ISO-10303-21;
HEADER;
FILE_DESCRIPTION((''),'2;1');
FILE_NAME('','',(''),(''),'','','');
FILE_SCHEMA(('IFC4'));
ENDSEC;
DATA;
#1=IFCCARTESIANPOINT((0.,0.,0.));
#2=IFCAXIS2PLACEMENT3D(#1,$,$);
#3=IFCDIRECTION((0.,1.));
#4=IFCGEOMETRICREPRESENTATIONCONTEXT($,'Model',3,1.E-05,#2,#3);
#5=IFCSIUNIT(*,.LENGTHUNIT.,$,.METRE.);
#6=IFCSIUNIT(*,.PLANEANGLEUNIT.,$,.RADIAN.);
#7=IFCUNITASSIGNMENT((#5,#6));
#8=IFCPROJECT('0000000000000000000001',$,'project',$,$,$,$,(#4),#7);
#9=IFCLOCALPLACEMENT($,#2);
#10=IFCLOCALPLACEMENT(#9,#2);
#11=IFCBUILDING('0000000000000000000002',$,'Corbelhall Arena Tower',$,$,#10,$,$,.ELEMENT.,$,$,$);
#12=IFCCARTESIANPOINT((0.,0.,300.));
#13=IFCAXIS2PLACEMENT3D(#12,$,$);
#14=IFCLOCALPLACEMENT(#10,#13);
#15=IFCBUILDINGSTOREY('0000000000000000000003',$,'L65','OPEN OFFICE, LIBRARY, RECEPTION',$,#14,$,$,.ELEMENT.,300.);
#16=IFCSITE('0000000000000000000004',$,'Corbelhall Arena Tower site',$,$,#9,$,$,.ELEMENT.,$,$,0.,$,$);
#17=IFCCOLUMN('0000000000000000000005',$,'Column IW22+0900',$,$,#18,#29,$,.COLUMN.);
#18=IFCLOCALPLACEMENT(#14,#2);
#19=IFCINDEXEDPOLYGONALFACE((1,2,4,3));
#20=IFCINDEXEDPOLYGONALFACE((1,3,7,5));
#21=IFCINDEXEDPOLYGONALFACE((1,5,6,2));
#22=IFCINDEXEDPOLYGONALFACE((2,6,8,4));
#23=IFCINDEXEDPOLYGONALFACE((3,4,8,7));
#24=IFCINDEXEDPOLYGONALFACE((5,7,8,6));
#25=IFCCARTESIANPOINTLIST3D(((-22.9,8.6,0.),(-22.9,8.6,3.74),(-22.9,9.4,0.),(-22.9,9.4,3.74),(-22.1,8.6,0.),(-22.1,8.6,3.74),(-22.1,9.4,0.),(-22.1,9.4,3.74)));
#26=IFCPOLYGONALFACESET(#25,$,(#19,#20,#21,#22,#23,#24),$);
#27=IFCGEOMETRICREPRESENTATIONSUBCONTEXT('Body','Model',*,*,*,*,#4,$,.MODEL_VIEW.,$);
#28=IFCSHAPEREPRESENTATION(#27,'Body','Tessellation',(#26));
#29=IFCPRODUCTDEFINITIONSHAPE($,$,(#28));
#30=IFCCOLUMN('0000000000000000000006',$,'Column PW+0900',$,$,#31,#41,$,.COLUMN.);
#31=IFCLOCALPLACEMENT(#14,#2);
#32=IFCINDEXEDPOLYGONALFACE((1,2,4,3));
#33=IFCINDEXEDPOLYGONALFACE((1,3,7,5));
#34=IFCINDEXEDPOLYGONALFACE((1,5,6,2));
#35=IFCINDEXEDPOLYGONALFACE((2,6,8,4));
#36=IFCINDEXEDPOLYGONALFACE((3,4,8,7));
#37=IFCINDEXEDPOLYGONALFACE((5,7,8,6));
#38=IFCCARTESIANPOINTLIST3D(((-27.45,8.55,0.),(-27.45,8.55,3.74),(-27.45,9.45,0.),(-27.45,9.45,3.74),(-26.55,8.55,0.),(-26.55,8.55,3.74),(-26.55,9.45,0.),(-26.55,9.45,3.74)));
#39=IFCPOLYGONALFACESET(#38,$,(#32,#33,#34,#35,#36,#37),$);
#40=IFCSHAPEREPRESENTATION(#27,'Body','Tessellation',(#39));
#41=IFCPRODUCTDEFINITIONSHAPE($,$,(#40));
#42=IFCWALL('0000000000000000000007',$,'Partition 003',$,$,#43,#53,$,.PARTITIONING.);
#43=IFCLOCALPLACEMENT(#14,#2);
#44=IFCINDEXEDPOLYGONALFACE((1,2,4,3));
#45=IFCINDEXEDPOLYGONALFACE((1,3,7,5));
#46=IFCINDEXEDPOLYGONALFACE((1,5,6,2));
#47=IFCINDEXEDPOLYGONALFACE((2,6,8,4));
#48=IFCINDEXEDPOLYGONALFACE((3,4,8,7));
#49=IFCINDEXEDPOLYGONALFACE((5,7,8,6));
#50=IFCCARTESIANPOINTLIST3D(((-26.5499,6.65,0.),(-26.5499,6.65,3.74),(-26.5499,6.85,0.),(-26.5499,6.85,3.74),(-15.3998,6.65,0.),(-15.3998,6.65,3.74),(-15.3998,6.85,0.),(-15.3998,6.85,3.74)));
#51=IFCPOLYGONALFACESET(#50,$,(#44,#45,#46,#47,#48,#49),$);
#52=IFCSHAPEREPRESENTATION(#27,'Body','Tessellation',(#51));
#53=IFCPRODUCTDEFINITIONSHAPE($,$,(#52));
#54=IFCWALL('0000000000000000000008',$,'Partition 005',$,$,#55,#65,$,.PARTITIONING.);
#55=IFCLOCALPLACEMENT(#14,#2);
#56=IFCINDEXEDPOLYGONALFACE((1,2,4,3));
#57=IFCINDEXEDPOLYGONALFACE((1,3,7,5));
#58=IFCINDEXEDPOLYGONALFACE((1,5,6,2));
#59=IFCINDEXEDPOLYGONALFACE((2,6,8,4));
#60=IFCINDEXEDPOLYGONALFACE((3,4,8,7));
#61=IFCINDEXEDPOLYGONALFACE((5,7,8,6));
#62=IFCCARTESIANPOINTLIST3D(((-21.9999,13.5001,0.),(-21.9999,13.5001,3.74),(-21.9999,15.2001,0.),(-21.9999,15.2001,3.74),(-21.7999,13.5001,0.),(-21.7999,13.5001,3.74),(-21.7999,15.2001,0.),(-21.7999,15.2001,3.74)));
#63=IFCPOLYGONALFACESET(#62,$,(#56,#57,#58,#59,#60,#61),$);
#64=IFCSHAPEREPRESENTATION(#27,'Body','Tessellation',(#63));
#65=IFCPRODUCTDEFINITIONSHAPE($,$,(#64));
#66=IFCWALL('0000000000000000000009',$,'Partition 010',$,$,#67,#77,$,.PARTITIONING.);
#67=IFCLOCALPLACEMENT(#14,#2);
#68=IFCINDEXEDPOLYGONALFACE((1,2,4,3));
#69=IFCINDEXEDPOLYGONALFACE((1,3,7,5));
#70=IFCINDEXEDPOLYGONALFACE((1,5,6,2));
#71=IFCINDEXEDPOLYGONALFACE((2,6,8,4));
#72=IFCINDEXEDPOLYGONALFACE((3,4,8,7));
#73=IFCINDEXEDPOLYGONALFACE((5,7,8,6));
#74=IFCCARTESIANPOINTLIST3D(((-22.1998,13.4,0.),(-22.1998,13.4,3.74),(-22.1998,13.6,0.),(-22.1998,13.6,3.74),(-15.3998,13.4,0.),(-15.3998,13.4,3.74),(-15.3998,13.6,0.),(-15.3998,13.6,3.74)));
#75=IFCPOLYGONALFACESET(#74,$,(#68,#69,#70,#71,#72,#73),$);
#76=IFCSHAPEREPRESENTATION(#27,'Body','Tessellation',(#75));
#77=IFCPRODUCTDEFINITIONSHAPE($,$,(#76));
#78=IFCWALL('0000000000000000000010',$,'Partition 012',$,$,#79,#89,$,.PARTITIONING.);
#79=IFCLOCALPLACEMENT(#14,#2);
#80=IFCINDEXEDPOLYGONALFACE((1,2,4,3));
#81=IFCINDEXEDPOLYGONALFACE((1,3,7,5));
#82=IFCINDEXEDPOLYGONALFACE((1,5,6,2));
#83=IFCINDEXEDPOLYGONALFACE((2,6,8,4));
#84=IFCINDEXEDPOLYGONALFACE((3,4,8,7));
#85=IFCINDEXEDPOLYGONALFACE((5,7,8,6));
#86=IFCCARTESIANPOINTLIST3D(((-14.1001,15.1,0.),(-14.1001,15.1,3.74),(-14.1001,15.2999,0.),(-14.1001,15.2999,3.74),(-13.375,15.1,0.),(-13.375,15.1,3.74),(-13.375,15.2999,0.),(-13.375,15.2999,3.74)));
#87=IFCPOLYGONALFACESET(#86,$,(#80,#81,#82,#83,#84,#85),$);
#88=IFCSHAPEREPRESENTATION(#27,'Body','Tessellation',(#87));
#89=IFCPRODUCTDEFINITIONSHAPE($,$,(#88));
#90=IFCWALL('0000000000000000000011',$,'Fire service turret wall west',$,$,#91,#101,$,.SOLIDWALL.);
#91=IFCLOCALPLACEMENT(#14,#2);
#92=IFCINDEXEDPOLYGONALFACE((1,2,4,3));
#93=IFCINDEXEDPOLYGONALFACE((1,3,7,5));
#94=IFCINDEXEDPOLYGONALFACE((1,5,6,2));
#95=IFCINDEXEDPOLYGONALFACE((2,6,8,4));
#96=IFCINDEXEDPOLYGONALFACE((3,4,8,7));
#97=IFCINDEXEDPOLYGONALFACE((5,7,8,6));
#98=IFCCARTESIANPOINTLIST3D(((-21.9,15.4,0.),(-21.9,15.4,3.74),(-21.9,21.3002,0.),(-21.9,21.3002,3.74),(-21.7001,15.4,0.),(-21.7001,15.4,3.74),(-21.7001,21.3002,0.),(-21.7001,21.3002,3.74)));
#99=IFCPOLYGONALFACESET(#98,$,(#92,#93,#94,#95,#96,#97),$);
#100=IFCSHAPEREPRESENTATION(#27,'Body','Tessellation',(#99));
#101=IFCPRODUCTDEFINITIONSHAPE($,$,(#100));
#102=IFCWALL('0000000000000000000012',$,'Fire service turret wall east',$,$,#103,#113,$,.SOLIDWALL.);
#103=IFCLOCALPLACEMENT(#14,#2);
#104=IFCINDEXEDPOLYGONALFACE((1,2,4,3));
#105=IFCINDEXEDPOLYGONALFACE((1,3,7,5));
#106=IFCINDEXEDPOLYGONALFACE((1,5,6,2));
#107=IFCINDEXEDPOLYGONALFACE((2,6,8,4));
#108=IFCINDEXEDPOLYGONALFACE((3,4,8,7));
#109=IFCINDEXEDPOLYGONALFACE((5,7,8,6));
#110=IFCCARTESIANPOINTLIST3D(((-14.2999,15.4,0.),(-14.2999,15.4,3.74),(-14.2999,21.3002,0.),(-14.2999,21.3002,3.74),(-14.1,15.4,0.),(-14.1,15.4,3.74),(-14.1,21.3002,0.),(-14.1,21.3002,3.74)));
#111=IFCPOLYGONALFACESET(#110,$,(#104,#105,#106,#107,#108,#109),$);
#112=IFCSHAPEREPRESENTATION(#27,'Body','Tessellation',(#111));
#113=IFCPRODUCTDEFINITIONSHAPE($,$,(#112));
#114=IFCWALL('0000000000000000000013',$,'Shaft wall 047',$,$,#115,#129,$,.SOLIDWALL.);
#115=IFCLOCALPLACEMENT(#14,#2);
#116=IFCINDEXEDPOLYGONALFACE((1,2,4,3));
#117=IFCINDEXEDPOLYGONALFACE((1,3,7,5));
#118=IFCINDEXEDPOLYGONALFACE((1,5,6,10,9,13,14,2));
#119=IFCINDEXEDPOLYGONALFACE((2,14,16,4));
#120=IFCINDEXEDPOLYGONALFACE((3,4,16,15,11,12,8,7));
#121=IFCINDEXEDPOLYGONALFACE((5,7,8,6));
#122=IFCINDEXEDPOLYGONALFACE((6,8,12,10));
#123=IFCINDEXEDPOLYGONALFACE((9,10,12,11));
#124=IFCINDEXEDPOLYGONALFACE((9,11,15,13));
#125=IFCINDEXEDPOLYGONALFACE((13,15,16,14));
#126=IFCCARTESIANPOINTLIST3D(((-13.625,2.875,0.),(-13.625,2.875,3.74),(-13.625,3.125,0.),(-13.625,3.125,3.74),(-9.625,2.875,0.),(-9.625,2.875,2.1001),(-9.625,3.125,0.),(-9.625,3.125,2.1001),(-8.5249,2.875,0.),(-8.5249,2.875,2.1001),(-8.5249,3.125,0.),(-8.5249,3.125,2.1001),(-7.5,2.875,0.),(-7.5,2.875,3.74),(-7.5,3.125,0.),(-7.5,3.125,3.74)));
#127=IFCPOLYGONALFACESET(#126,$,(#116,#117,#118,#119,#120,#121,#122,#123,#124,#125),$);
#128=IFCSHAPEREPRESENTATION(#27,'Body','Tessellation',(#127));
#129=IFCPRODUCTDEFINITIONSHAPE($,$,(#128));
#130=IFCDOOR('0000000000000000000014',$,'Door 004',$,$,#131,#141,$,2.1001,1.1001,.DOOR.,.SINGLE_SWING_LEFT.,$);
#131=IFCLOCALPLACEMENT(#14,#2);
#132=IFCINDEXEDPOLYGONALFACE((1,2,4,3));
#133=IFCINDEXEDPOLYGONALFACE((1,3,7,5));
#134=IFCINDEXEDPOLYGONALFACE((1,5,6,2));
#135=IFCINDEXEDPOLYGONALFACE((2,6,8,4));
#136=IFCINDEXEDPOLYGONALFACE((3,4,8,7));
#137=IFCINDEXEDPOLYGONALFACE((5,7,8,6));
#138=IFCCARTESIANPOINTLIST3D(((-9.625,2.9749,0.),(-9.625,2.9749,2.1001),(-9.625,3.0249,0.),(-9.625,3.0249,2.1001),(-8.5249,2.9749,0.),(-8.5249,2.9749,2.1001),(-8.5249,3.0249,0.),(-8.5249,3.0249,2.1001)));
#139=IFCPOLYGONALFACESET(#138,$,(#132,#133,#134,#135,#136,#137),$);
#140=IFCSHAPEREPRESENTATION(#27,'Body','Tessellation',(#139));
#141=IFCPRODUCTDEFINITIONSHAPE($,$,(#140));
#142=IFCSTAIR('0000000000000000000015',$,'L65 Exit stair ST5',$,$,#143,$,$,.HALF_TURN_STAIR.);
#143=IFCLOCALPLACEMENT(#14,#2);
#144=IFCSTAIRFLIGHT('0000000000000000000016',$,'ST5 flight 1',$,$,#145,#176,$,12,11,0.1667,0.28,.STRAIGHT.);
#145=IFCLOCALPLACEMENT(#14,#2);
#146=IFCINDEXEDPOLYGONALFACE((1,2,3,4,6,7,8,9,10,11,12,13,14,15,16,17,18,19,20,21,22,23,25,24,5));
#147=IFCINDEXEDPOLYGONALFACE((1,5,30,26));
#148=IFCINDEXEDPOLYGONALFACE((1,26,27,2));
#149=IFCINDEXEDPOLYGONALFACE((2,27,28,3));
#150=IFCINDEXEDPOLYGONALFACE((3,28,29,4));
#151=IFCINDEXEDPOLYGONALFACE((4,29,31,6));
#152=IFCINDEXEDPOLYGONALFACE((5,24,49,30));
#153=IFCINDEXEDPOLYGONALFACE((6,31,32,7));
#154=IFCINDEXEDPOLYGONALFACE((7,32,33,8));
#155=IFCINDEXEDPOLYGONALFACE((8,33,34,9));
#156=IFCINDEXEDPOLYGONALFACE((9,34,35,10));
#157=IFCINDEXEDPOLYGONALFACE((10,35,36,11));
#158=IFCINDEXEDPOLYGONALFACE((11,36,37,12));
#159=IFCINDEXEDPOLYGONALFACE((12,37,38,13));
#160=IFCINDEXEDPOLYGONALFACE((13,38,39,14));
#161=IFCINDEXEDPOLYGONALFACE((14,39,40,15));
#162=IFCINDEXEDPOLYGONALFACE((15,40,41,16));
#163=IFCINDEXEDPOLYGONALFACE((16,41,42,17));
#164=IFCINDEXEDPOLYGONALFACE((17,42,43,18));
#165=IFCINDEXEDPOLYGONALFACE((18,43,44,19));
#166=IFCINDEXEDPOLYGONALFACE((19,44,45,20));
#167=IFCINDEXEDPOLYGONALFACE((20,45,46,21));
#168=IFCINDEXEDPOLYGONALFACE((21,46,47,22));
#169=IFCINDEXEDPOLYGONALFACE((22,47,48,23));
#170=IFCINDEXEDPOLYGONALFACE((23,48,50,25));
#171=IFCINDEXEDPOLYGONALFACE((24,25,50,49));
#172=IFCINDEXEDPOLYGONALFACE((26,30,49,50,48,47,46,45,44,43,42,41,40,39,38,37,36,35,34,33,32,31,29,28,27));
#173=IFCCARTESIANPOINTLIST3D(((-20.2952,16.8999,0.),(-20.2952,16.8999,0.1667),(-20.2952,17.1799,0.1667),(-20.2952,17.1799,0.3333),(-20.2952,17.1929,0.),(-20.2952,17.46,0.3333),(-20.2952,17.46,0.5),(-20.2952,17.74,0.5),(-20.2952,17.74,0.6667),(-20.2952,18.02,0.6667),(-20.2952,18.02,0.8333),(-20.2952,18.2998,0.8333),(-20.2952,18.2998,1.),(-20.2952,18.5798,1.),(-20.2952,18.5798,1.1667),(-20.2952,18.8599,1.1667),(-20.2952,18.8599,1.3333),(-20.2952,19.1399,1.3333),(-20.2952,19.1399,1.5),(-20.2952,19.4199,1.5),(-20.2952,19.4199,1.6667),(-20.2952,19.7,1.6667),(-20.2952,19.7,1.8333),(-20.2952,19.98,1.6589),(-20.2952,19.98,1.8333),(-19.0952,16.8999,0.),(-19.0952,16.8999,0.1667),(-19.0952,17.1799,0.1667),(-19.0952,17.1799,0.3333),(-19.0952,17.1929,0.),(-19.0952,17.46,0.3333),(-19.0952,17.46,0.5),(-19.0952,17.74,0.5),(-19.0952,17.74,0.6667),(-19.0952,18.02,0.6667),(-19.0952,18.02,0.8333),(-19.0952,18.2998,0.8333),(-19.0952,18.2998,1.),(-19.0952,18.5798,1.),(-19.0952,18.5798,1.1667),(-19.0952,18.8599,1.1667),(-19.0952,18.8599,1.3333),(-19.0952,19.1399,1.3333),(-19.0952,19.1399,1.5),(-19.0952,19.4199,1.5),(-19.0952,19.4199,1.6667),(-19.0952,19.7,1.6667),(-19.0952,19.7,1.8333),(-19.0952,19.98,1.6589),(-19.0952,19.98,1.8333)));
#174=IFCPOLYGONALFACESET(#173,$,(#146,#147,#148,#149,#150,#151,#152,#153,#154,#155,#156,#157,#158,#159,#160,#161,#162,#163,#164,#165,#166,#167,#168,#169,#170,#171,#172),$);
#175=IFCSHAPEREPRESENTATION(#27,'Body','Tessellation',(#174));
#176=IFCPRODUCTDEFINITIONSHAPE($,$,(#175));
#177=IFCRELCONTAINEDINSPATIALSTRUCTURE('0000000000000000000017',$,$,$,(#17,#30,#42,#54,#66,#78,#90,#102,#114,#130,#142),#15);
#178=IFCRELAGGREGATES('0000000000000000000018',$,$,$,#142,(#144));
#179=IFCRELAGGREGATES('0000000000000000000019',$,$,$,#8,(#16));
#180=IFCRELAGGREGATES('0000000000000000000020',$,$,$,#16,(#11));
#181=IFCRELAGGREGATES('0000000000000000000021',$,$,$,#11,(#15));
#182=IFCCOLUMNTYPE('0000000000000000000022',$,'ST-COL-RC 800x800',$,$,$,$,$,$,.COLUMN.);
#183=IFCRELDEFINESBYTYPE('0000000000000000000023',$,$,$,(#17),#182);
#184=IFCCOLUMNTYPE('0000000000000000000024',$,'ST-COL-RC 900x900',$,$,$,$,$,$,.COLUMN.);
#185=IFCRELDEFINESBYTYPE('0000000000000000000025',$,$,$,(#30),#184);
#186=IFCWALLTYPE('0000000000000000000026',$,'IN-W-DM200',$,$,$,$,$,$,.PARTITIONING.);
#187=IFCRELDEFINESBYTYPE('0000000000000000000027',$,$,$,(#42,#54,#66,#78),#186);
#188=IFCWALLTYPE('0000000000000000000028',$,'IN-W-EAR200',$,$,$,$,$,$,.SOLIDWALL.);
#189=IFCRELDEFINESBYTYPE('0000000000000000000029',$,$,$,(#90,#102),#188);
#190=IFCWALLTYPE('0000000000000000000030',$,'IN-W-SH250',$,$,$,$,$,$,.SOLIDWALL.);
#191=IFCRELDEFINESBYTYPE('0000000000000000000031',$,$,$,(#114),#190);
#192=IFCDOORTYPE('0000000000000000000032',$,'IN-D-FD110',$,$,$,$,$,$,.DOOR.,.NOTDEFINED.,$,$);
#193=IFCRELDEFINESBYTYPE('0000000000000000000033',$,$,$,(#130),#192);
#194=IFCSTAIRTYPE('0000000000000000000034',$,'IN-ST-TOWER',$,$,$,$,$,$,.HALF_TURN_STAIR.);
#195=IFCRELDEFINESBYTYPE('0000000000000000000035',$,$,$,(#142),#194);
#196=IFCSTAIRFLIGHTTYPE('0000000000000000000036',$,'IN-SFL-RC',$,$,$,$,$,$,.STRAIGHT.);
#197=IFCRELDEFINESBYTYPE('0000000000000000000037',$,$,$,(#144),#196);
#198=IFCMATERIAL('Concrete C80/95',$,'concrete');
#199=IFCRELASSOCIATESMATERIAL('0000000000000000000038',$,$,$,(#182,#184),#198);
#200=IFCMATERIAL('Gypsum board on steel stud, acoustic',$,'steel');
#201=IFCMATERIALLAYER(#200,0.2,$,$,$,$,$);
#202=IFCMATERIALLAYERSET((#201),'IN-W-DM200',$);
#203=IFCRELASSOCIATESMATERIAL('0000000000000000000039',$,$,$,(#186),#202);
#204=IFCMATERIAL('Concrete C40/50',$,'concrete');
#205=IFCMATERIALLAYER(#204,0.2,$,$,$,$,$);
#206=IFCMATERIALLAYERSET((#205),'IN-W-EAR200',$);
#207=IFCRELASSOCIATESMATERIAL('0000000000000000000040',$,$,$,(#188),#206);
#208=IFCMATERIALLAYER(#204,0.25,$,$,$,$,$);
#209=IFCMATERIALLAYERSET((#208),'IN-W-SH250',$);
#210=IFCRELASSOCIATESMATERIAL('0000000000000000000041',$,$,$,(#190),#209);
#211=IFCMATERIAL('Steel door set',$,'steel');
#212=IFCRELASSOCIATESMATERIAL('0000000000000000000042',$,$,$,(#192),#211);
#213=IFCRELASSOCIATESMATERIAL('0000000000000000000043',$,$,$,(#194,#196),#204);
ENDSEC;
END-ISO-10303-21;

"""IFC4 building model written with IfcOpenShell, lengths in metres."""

from ifc_helpers import new_model, si_unit, direction, frame, frame_2d, origin, origin_2d, place, context, subcontext, project, spatial, polyline, rectangle, outline, extrude, material, layer, layer_set, material_profile, profile_set, type_object, element, fill, aggregate, save


model = new_model("IFC4")

# Units and contexts
model_context = context("Model", 3, precision=1e-05, world=origin(), true_north=direction((0.0, 1.0)))
body_context = subcontext(model_context, "Body", "Model", "MODEL_VIEW")
ifc_project = project(units=[si_unit("LENGTHUNIT", "METRE"), si_unit("PLANEANGLEUNIT", "RADIAN")], contexts=[model_context])

# Site, building, storey
site_placement = place(None, origin())
site = spatial("IfcSite", under=ifc_project, at=site_placement, Name="Corbelhall Arena Tower site", CompositionType="ELEMENT", RefElevation=0.0)
building_placement = place(site_placement, origin())
building = spatial("IfcBuilding", under=site, at=building_placement, Name="Corbelhall Arena Tower", CompositionType="ELEMENT")
storey_placement = place(building_placement, frame((0.0, 0.0, 300.0)))
storey = spatial("IfcBuildingStorey", under=building, at=storey_placement, Name="L65", Description="OPEN OFFICE, LIBRARY, RECEPTION", CompositionType="ELEMENT", Elevation=300.0)

# Columns
ifc_material_1 = material(Name="Concrete C80/95", Category="concrete")
ifc_material_profile_1 = material_profile(ifc_material_1, rectangle(XDim=0.8, YDim=0.8, at=origin_2d()))
ifc_profile_set_1 = profile_set([ifc_material_profile_1], Name="Concrete C80/95")
column_type_1 = type_object("IfcColumnType", Name="ST-COL-RC 800x800", PredefinedType="COLUMN", material=ifc_profile_set_1)
column_1_placement = place(storey_placement, frame((-22.5, 9.0, 0.0), z_axis=(0.0, 0.0, 1.0), x_axis=(1.0, 0.0, 0.0)))
element("IfcColumn", 1, at=column_1_placement, inside=storey, type_object=column_type_1, Name="Column IW22+0900", PredefinedType="COLUMN", context=body_context, shape_type="SweptSolid", body=[
    extrude(rectangle(XDim=0.8, YDim=0.8, at=origin_2d()), origin(), (0.0, 0.0, 1.0), 3.74),
])
ifc_material_profile_2 = material_profile(ifc_material_1, rectangle(XDim=0.8999, YDim=0.8999, at=origin_2d()))
ifc_profile_set_2 = profile_set([ifc_material_profile_2], Name="Concrete C80/95")
column_type_2 = type_object("IfcColumnType", Name="ST-COL-RC 900x900", PredefinedType="COLUMN", material=ifc_profile_set_2)
column_2_placement = place(storey_placement, frame((-27.0, 9.0, 0.0), z_axis=(0.0, 0.0, 1.0), x_axis=(0.0, 1.0, 0.0)))
element("IfcColumn", 2, at=column_2_placement, inside=storey, type_object=column_type_2, Name="Column PW+0900", PredefinedType="COLUMN", context=body_context, shape_type="SweptSolid", body=[
    extrude(rectangle(XDim=0.8999, YDim=0.8999, at=origin_2d()), origin(), (0.0, 0.0, 1.0), 3.74),
])

# Walls
ifc_material_2 = material(Name="Gypsum board on steel stud, acoustic", Category="steel")
ifc_layer_1 = layer(ifc_material_2, 0.2)
ifc_layer_set_1 = layer_set([ifc_layer_1], Name="IN-W-DM200")
wall_type_1 = type_object("IfcWallType", Name="IN-W-DM200", PredefinedType="PARTITIONING", material=ifc_layer_set_1)
wall_1_placement = place(storey_placement, frame((-26.55, 6.75, 0.0), z_axis=(0.0, 0.0, 1.0), x_axis=(1.0, 0.0, 0.0)))
element("IfcWall", 3, at=wall_1_placement, inside=storey, type_object=wall_type_1, Name="Partition 003", PredefinedType="PARTITIONING", context=body_context, shape_type="SweptSolid", body=[
    extrude(rectangle(XDim=11.1501, YDim=0.2, at=frame_2d((5.5752, 0.0))), origin(), (0.0, 0.0, 1.0), 3.74),
])
wall_2_placement = place(storey_placement, frame((-21.8999, 13.5, 0.0), z_axis=(0.0, 0.0, 1.0), x_axis=(0.0, 1.0, 0.0)))
element("IfcWall", 4, at=wall_2_placement, inside=storey, type_object=wall_type_1, Name="Partition 005", PredefinedType="PARTITIONING", context=body_context, shape_type="SweptSolid", body=[
    extrude(rectangle(XDim=1.7, YDim=0.2, at=frame_2d((0.8501, 0.0))), origin(), (0.0, 0.0, 1.0), 3.74),
])
wall_3_placement = place(storey_placement, frame((-15.3999, 13.5, 0.0), z_axis=(0.0, 0.0, 1.0), x_axis=(-1.0, 0.0, 0.0)))
element("IfcWall", 5, at=wall_3_placement, inside=storey, type_object=wall_type_1, Name="Partition 010", PredefinedType="PARTITIONING", context=body_context, shape_type="SweptSolid", body=[
    extrude(rectangle(XDim=6.8, YDim=0.2, at=frame_2d((3.3999, 0.0))), origin(), (0.0, 0.0, 1.0), 3.74),
])
wall_4_placement = place(storey_placement, frame((-14.1001, 15.2, 0.0), z_axis=(0.0, 0.0, 1.0), x_axis=(1.0, 0.0, 0.0)))
element("IfcWall", 6, at=wall_4_placement, inside=storey, type_object=wall_type_1, Name="Partition 012", PredefinedType="PARTITIONING", context=body_context, shape_type="SweptSolid", body=[
    extrude(rectangle(XDim=0.7251, YDim=0.2, at=frame_2d((0.3625, 0.0))), origin(), (0.0, 0.0, 1.0), 3.74),
])

# Shared definitions
ifc_material_3 = material(Name="Concrete C40/50", Category="concrete")
ifc_layer_2 = layer(ifc_material_3, 0.2)
ifc_layer_set_2 = layer_set([ifc_layer_2], Name="IN-W-EAR200")
wall_type_2 = type_object("IfcWallType", Name="IN-W-EAR200", PredefinedType="SOLIDWALL", material=ifc_layer_set_2)
ifc_material_4 = material(Name="Steel door set", Category="steel")

# Walls
for number, where, z_axis, x_axis, name in (
    (7, (-21.8, 15.3999, 0.0), (0.0, 0.0, 1.0), (0.0, 1.0, 0.0), "Fire service turret wall west"),
    (8, (-14.2, 15.3999, 0.0), (0.0, 0.0, 1.0), (0.0, 1.0, 0.0), "Fire service turret wall east"),
):
    element("IfcWall", number, at=place(storey_placement, frame(where, z_axis=z_axis, x_axis=x_axis)), inside=storey, type_object=wall_type_2, Name=name, PredefinedType="SOLIDWALL", context=body_context, shape_type="SweptSolid", body=[
        extrude(rectangle(XDim=5.9001, YDim=0.2, at=frame_2d((2.9502, 0.0))), origin(), (0.0, 0.0, 1.0), 3.74),
    ])

# Wall, opening, door
ifc_layer_3 = layer(ifc_material_3, 0.25)
ifc_layer_set_3 = layer_set([ifc_layer_3], Name="IN-W-SH250")
wall_type_3 = type_object("IfcWallType", Name="IN-W-SH250", PredefinedType="SOLIDWALL", material=ifc_layer_set_3)
wall_5_placement = place(storey_placement, frame((-13.625, 3.0, 0.0), z_axis=(0.0, 0.0, 1.0), x_axis=(1.0, 0.0, 0.0)))
wall_5 = element("IfcWall", 9, at=wall_5_placement, inside=storey, type_object=wall_type_3, Name="Shaft wall 047", PredefinedType="SOLIDWALL", context=body_context, shape_type="SweptSolid", body=[
    extrude(rectangle(XDim=6.125, YDim=0.25, at=frame_2d((3.0625, 0.0))), origin(), (0.0, 0.0, 1.0), 3.74),
])
opening_1_placement = place(wall_5_placement, frame((4.0, 0.0, 0.0)))
opening_1 = element("IfcOpeningElement", 10, at=opening_1_placement, cuts=wall_5, PredefinedType="OPENING", context=body_context, shape_type="SweptSolid", body=[
    extrude(rectangle(XDim=1.1001, YDim=2.1001, at=frame_2d((0.55, 1.05))), frame((0.0, 0.125, 0.0), z_axis=(0.0, -1.0, 0.0), x_axis=(1.0, 0.0, 0.0)), (0.0, 0.0, 1.0), 0.25),
])
door_type_1 = type_object("IfcDoorType", Name="IN-D-FD110", OperationType="NOTDEFINED", PredefinedType="DOOR", material=ifc_material_4)
door_1_placement = place(opening_1_placement, origin())
door_1 = element("IfcDoor", 11, at=door_1_placement, inside=storey, type_object=door_type_1, Name="Door 004", OperationType="SINGLE_SWING_LEFT", OverallHeight=2.1001, OverallWidth=1.1001, PredefinedType="DOOR", context=body_context, shape_type="SweptSolid", body=[
    extrude(rectangle(XDim=1.1001, YDim=2.1001, at=frame_2d((0.55, 1.05))), frame((0.0, 0.0249, 0.0), z_axis=(0.0, -1.0, 0.0), x_axis=(1.0, 0.0, 0.0)), (0.0, 0.0, 1.0), 0.05),
])
fill(opening_1, door_1)

# Stair, stair flight
stair_type = type_object("IfcStairType", Name="IN-ST-TOWER", PredefinedType="HALF_TURN_STAIR", material=ifc_material_3)
stair_placement = place(storey_placement, origin())
stair = element("IfcStair", 12, at=stair_placement, inside=storey, type_object=stair_type, Name="L65 Exit stair ST5", PredefinedType="HALF_TURN_STAIR")
stair_flight_type = type_object("IfcStairFlightType", Name="IN-SFL-RC", PredefinedType="STRAIGHT", material=ifc_material_3)
stair_flight_placement = place(storey_placement, frame((-19.6951, 16.8999, 0.0), z_axis=(0.0, 0.0, 1.0), x_axis=(0.0, 1.0, 0.0)))
stair_flight = element("IfcStairFlight", 13, at=stair_flight_placement, type_object=stair_flight_type, Name="ST5 flight 1", NumberOfRisers=12, NumberOfTreads=11, PredefinedType="STRAIGHT", RiserHeight=0.1667, TreadLength=0.28, context=body_context, shape_type="SweptSolid", body=[
    extrude(outline(polyline([(0.0, 0.0), (0.0, 0.1667), (0.28, 0.1667), (0.28, 0.3333), (0.5601, 0.3333), (0.5601, 0.5), (0.8401, 0.5), (0.8401, 0.6667), (1.1201, 0.6667), (1.1201, 0.8333), (1.3999, 0.8333), (1.3999, 1.0), (1.6799, 1.0), (1.6799, 1.1667), (1.96, 1.1667), (1.96, 1.3333), (2.24, 1.3333), (2.24, 1.5), (2.52, 1.5), (2.52, 1.6667), (2.8, 1.6667), (2.8, 1.8333), (3.0801, 1.8333), (3.0801, 2.0), (3.0801, 1.6589), (0.293, 0.0), (0.0, 0.0)])), frame((0.0, 0.6001, 0.0), z_axis=(0.0, -1.0, 0.0), x_axis=(1.0, 0.0, 0.0)), (0.0, 0.0, 1.0), 1.2),
])
aggregate(stair, [stair_flight])

save(model, "model.ifc")
